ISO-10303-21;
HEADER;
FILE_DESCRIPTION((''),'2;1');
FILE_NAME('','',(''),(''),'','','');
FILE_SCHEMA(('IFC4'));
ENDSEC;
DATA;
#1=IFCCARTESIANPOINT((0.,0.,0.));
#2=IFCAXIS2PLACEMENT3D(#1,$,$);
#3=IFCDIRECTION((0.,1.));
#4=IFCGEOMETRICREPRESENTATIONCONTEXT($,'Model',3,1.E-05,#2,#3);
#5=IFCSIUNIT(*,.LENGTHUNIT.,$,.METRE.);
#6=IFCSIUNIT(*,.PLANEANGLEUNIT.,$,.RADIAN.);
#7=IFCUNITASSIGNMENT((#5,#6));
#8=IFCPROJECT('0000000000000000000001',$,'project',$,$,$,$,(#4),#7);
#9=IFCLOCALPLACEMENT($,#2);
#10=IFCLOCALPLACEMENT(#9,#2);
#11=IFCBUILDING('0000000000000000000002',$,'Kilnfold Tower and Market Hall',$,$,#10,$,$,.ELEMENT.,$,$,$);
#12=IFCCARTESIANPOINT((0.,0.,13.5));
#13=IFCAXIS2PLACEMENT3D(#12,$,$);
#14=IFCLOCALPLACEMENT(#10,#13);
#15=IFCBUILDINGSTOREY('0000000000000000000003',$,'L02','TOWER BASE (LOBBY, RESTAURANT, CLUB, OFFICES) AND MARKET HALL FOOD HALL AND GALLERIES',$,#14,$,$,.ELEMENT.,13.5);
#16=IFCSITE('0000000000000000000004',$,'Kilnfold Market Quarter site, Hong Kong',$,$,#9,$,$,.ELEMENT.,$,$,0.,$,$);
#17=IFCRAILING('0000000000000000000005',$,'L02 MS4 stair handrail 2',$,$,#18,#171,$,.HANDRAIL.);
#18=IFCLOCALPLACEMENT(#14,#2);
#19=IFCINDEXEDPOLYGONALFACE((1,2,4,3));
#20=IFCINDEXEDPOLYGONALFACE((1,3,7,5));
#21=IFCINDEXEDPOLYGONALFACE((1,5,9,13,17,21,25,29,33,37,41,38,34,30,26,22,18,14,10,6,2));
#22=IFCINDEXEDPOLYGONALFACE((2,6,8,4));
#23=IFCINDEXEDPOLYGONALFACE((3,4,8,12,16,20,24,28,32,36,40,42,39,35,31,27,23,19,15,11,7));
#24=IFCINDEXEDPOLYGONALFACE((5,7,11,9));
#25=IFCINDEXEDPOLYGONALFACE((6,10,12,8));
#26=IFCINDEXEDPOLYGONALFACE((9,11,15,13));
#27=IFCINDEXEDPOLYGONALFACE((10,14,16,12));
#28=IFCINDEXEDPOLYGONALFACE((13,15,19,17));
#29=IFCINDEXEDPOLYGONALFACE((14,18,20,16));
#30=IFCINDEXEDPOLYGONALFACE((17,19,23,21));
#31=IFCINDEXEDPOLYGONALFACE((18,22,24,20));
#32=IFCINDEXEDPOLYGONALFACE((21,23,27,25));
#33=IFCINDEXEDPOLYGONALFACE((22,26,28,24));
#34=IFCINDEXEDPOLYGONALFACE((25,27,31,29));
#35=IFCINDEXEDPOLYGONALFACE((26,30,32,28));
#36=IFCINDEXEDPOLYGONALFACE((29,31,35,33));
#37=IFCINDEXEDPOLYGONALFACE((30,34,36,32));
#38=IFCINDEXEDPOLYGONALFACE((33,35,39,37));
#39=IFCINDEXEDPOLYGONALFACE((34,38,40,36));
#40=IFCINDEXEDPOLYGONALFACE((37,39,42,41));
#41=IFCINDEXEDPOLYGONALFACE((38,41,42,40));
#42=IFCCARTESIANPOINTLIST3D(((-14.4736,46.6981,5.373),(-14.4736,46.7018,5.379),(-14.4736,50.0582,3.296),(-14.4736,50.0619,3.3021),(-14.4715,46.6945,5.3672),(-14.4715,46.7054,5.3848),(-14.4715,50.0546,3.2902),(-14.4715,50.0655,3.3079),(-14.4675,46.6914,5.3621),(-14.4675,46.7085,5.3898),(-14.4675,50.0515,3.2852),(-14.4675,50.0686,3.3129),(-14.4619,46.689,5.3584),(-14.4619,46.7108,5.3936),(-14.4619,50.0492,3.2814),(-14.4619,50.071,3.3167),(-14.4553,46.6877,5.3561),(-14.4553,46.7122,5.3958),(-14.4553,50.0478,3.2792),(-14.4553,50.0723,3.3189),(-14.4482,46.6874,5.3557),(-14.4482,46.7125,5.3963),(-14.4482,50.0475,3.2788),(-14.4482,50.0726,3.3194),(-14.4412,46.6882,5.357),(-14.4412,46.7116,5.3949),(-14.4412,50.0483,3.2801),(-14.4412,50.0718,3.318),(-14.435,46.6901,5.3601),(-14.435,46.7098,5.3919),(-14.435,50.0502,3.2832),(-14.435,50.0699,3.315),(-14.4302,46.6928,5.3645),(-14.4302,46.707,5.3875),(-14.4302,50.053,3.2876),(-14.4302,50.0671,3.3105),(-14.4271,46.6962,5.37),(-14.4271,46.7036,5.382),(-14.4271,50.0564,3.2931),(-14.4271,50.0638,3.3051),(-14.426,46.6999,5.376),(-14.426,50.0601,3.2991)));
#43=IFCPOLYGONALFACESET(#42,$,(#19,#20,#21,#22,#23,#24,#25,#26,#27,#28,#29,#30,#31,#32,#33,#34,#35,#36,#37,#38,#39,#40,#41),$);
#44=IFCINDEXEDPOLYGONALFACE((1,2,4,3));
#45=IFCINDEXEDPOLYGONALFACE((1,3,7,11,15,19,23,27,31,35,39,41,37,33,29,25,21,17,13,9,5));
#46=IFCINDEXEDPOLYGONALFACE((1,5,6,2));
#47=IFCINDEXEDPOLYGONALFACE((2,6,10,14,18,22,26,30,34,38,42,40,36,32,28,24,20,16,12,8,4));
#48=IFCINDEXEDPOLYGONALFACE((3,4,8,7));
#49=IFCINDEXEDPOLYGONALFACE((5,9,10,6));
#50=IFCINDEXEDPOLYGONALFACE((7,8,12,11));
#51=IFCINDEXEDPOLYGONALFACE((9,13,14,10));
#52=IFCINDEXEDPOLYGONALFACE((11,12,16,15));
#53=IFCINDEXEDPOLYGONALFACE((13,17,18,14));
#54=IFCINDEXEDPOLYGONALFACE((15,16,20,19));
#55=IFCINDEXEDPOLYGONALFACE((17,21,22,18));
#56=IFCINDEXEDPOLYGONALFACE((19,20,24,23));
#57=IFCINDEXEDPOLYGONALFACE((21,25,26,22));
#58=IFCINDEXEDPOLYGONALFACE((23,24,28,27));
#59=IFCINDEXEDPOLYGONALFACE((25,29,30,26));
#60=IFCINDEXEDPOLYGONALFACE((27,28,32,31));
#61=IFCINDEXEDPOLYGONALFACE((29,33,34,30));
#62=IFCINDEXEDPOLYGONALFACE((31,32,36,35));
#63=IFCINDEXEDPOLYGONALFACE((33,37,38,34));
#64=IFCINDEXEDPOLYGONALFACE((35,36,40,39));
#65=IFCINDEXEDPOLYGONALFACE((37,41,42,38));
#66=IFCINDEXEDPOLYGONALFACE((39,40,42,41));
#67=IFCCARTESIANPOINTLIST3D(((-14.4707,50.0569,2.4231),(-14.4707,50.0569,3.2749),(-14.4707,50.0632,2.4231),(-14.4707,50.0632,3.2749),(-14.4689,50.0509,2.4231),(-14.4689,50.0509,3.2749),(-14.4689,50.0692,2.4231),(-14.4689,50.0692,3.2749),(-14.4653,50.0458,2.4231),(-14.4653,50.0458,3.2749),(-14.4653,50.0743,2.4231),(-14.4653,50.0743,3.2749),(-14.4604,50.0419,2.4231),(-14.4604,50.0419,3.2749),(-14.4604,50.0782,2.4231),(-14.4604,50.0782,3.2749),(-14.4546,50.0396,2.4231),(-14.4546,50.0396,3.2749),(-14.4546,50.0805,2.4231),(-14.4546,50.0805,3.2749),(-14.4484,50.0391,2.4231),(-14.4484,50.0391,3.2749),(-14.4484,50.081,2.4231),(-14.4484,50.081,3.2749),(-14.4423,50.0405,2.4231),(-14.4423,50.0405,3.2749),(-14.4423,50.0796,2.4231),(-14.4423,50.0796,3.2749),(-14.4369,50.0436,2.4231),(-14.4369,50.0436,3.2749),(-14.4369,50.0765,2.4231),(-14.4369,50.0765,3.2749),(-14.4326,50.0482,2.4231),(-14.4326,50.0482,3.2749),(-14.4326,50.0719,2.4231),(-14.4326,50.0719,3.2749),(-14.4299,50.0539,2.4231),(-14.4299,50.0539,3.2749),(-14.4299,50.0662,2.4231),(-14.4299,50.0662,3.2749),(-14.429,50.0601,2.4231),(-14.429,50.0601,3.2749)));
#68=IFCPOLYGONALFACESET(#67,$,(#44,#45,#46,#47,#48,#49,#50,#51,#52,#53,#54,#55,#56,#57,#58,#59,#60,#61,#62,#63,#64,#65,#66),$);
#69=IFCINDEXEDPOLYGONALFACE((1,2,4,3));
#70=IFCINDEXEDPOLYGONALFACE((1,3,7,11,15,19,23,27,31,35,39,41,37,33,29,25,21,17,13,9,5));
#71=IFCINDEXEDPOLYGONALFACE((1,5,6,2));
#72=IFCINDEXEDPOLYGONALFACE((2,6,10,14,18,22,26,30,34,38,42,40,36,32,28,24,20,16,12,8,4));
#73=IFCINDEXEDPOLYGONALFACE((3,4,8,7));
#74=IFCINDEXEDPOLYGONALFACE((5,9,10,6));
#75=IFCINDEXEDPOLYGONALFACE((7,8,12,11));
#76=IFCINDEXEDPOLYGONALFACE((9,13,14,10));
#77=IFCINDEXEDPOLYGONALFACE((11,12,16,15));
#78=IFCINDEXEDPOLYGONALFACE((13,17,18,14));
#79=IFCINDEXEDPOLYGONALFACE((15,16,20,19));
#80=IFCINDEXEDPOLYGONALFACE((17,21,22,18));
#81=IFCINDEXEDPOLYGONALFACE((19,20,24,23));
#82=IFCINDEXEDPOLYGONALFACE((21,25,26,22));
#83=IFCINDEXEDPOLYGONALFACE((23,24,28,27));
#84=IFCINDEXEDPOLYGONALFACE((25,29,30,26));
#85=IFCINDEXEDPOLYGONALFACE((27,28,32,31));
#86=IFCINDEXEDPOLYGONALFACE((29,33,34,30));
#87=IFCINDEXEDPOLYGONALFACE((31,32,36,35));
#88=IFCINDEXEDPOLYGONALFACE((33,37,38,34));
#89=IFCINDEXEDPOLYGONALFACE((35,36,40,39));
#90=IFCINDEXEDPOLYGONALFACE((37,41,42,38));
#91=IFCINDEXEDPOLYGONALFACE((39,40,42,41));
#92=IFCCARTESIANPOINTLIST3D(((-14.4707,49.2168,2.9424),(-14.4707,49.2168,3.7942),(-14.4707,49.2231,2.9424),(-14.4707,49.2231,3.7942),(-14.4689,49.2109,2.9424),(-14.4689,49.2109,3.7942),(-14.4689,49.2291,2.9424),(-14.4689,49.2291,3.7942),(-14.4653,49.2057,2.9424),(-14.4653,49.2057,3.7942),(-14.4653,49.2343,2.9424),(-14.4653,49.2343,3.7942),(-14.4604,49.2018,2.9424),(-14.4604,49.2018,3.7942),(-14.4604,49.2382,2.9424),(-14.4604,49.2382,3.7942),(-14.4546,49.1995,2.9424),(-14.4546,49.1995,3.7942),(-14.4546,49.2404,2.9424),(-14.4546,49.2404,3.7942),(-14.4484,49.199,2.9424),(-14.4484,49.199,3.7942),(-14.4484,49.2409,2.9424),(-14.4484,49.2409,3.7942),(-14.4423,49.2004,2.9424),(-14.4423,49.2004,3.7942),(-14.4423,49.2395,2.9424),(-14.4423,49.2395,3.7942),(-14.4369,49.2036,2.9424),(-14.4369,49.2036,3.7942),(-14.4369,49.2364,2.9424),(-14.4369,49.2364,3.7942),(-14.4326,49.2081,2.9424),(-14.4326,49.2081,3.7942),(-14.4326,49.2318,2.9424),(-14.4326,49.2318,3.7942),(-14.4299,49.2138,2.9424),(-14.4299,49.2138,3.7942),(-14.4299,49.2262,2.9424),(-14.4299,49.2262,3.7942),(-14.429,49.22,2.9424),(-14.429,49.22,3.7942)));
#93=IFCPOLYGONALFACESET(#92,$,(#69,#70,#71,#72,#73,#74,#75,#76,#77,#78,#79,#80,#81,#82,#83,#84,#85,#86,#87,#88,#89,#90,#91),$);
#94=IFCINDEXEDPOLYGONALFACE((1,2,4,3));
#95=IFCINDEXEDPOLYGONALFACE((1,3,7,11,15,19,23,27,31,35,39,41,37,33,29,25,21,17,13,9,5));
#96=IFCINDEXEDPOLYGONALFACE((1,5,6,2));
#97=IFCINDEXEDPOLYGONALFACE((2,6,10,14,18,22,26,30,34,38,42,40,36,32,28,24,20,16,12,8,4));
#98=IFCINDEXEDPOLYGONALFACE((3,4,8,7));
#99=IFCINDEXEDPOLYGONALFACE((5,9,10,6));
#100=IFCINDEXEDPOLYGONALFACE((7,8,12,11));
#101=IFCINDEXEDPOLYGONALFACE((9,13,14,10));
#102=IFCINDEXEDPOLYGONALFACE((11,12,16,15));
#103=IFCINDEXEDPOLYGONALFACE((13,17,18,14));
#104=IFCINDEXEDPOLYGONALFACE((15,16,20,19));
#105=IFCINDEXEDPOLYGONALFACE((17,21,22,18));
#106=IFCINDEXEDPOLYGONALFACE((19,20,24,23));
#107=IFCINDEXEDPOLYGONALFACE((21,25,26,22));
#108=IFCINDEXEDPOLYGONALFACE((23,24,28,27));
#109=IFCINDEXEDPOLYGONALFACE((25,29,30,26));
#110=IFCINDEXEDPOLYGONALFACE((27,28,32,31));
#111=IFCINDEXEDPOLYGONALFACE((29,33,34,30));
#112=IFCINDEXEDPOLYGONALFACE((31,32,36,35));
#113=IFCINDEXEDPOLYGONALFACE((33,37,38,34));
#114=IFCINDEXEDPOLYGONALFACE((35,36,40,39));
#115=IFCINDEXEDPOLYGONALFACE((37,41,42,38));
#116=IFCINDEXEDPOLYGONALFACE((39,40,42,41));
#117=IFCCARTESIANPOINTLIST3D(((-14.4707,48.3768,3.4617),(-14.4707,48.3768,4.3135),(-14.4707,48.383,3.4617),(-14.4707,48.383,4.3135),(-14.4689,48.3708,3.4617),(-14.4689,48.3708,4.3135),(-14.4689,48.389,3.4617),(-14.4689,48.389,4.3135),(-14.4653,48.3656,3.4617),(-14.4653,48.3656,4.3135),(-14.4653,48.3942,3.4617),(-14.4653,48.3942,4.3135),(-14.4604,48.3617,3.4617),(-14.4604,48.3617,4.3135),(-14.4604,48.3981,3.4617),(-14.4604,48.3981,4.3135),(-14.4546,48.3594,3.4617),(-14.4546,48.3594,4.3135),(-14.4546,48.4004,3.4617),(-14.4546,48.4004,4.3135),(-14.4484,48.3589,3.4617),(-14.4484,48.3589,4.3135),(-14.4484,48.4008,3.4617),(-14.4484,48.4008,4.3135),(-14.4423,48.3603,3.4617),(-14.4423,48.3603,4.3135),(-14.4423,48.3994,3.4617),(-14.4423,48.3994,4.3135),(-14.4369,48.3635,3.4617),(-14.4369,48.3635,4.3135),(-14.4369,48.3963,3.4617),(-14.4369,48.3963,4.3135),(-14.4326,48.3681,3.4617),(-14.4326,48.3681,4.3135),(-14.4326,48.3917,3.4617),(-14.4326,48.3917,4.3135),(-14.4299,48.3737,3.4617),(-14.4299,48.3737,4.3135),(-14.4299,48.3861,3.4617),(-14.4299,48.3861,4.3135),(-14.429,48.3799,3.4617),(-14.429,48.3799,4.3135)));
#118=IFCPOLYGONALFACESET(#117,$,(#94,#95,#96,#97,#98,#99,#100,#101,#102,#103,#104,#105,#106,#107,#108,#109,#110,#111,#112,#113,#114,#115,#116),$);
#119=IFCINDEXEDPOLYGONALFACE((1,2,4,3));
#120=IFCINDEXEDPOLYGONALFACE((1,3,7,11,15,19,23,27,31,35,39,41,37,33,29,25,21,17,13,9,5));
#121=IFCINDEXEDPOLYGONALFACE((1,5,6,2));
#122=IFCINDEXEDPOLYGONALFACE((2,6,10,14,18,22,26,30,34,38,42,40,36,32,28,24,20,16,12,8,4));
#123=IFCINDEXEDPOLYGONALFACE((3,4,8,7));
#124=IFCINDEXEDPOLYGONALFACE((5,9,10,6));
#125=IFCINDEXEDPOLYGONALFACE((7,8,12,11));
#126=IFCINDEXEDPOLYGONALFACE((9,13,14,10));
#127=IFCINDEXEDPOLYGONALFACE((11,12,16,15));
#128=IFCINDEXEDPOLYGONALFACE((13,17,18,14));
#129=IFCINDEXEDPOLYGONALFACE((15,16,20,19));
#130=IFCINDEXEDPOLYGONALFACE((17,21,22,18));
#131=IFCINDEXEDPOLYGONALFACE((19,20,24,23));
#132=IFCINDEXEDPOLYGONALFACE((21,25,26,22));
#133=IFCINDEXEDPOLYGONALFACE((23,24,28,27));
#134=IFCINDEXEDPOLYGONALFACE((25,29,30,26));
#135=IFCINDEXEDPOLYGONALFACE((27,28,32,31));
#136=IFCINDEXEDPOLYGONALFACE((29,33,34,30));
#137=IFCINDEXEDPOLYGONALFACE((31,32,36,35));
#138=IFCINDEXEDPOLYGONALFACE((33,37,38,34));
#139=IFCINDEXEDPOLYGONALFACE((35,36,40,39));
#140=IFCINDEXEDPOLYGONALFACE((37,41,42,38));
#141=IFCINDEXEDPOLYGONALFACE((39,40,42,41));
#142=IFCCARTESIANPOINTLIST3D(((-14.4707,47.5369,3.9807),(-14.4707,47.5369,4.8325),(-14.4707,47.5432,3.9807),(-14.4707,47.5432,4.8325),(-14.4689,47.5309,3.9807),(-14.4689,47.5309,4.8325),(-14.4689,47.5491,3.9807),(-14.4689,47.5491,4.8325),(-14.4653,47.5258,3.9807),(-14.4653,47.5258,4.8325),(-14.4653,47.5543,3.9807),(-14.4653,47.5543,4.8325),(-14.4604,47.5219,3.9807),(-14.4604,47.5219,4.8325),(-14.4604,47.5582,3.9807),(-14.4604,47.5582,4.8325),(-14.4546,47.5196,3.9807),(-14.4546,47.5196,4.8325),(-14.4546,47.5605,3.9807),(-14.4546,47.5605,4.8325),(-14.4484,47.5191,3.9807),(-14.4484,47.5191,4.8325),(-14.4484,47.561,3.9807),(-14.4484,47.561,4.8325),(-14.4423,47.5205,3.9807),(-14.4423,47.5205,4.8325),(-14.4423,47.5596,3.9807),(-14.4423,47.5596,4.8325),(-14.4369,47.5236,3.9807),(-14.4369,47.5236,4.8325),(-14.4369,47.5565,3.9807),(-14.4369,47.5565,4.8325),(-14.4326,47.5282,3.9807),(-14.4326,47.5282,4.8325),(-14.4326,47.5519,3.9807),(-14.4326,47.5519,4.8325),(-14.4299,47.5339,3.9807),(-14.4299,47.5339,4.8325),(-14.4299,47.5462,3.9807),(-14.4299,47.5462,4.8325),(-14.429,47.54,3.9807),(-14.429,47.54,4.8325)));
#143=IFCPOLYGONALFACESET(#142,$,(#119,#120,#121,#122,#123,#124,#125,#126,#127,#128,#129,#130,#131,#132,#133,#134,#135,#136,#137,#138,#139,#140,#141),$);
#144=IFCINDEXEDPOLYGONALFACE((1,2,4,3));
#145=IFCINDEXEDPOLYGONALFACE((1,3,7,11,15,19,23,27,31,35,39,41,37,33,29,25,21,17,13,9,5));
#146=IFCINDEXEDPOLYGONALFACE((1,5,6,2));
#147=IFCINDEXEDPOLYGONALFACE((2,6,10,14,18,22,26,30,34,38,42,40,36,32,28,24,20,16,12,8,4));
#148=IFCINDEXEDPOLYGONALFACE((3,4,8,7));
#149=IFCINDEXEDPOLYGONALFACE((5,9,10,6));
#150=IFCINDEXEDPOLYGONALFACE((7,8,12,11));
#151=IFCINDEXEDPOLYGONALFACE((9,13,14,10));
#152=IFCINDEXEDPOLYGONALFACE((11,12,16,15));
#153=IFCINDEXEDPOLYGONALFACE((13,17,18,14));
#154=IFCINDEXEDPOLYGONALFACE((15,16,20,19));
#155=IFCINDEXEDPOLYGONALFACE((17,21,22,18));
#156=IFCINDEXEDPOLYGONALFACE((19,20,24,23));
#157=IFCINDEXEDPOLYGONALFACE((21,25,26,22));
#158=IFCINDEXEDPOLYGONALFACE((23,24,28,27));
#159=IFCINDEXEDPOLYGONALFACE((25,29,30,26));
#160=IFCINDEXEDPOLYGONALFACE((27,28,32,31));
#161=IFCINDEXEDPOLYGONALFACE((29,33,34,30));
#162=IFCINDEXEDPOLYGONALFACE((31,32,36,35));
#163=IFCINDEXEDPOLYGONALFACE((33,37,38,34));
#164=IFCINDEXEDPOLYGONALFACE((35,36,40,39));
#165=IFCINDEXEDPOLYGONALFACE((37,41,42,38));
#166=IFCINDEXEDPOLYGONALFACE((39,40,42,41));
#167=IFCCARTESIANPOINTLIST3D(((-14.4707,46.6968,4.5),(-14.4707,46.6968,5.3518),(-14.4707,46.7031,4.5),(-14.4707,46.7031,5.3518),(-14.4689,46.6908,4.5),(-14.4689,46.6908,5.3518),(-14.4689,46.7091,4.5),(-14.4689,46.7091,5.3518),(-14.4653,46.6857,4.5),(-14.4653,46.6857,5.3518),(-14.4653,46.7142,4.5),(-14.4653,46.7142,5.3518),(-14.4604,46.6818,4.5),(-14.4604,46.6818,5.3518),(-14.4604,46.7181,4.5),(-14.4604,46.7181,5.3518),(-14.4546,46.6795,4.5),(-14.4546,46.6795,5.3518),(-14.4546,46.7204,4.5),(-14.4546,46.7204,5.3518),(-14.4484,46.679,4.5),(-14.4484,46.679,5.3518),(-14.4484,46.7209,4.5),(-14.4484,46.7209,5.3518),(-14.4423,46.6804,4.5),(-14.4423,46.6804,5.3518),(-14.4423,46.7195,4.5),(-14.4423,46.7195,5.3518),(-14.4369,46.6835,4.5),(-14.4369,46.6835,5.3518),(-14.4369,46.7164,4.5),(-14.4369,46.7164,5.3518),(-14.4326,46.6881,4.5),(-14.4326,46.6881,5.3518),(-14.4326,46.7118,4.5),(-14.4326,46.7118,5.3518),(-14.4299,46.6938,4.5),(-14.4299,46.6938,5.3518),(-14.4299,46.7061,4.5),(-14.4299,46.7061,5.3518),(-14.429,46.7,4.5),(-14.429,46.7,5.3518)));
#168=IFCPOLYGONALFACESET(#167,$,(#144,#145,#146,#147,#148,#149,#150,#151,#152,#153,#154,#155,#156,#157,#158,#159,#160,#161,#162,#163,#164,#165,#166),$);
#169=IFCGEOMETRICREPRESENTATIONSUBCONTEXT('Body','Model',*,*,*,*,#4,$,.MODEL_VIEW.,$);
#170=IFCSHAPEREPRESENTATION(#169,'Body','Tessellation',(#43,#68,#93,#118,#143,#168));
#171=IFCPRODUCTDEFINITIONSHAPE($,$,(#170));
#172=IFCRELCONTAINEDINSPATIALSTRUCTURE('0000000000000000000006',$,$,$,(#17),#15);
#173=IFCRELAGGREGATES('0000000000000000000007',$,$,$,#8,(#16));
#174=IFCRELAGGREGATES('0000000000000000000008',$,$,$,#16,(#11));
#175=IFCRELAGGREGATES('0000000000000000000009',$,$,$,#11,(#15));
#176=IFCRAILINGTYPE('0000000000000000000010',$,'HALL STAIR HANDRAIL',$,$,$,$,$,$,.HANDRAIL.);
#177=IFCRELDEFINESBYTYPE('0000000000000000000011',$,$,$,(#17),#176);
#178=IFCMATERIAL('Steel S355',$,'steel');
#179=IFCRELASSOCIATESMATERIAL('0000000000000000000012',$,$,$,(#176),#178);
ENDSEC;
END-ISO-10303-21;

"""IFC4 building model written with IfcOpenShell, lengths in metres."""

from ifc_helpers import new_model, si_unit, direction, frame, origin, origin_2d, place, context, subcontext, project, spatial, circle, extrude, material, type_object, element, save


model = new_model("IFC4")

# Units and contexts
model_context = context("Model", 3, precision=1e-05, world=origin(), true_north=direction((0.0, 1.0)))
body_context = subcontext(model_context, "Body", "Model", "MODEL_VIEW")
ifc_project = project(units=[si_unit("LENGTHUNIT", "METRE"), si_unit("PLANEANGLEUNIT", "RADIAN")], contexts=[model_context])

# Site, building, storey
site_placement = place(None, origin())
site = spatial("IfcSite", under=ifc_project, at=site_placement, Name="Kilnfold Market Quarter site, Hong Kong", CompositionType="ELEMENT", RefElevation=0.0)
building_placement = place(site_placement, origin())
building = spatial("IfcBuilding", under=site, at=building_placement, Name="Kilnfold Tower and Market Hall", CompositionType="ELEMENT")
storey_placement = place(building_placement, frame((0.0, 0.0, 13.5)))
storey = spatial("IfcBuildingStorey", under=building, at=storey_placement, Name="L02", Description="TOWER BASE (LOBBY, RESTAURANT, CLUB, OFFICES) AND MARKET HALL FOOD HALL AND GALLERIES", CompositionType="ELEMENT", Elevation=13.5)

# Railing
ifc_material_1 = material(Name="Steel S355", Category="steel")
railing_type_1 = type_object("IfcRailingType", Name="HALL STAIR HANDRAIL", PredefinedType="HANDRAIL", material=ifc_material_1)
railing_1_placement = place(storey_placement, frame((-14.45, 50.0601, 2.4231)))
element("IfcRailing", 1, at=railing_1_placement, inside=storey, type_object=railing_type_1, Name="L02 MS4 stair handrail 2", PredefinedType="HANDRAIL", context=body_context, shape_type="SweptSolid", body=[
    extrude(circle(Radius=0.0239, at=origin_2d()), frame((0.0, 0.0, 0.876), z_axis=(0.0, -0.850623, 0.525776), x_axis=(1.0, 0.0, 0.0)), (0.0, 0.0, 1.0), 3.9502),
    extrude(circle(Radius=0.021, at=origin_2d()), origin(), (0.0, 0.0, 1.0), 0.8518),
    extrude(circle(Radius=0.021, at=origin_2d()), frame((0.0, -0.8401, 0.5193)), (0.0, 0.0, 1.0), 0.8518),
    extrude(circle(Radius=0.021, at=origin_2d()), frame((0.0, -1.6802, 1.0386)), (0.0, 0.0, 1.0), 0.8518),
    extrude(circle(Radius=0.021, at=origin_2d()), frame((0.0, -2.52, 1.5576)), (0.0, 0.0, 1.0), 0.8518),
    extrude(circle(Radius=0.021, at=origin_2d()), frame((0.0, -3.3601, 2.0769)), (0.0, 0.0, 1.0), 0.8518),
])

save(model, "model.ifc")
